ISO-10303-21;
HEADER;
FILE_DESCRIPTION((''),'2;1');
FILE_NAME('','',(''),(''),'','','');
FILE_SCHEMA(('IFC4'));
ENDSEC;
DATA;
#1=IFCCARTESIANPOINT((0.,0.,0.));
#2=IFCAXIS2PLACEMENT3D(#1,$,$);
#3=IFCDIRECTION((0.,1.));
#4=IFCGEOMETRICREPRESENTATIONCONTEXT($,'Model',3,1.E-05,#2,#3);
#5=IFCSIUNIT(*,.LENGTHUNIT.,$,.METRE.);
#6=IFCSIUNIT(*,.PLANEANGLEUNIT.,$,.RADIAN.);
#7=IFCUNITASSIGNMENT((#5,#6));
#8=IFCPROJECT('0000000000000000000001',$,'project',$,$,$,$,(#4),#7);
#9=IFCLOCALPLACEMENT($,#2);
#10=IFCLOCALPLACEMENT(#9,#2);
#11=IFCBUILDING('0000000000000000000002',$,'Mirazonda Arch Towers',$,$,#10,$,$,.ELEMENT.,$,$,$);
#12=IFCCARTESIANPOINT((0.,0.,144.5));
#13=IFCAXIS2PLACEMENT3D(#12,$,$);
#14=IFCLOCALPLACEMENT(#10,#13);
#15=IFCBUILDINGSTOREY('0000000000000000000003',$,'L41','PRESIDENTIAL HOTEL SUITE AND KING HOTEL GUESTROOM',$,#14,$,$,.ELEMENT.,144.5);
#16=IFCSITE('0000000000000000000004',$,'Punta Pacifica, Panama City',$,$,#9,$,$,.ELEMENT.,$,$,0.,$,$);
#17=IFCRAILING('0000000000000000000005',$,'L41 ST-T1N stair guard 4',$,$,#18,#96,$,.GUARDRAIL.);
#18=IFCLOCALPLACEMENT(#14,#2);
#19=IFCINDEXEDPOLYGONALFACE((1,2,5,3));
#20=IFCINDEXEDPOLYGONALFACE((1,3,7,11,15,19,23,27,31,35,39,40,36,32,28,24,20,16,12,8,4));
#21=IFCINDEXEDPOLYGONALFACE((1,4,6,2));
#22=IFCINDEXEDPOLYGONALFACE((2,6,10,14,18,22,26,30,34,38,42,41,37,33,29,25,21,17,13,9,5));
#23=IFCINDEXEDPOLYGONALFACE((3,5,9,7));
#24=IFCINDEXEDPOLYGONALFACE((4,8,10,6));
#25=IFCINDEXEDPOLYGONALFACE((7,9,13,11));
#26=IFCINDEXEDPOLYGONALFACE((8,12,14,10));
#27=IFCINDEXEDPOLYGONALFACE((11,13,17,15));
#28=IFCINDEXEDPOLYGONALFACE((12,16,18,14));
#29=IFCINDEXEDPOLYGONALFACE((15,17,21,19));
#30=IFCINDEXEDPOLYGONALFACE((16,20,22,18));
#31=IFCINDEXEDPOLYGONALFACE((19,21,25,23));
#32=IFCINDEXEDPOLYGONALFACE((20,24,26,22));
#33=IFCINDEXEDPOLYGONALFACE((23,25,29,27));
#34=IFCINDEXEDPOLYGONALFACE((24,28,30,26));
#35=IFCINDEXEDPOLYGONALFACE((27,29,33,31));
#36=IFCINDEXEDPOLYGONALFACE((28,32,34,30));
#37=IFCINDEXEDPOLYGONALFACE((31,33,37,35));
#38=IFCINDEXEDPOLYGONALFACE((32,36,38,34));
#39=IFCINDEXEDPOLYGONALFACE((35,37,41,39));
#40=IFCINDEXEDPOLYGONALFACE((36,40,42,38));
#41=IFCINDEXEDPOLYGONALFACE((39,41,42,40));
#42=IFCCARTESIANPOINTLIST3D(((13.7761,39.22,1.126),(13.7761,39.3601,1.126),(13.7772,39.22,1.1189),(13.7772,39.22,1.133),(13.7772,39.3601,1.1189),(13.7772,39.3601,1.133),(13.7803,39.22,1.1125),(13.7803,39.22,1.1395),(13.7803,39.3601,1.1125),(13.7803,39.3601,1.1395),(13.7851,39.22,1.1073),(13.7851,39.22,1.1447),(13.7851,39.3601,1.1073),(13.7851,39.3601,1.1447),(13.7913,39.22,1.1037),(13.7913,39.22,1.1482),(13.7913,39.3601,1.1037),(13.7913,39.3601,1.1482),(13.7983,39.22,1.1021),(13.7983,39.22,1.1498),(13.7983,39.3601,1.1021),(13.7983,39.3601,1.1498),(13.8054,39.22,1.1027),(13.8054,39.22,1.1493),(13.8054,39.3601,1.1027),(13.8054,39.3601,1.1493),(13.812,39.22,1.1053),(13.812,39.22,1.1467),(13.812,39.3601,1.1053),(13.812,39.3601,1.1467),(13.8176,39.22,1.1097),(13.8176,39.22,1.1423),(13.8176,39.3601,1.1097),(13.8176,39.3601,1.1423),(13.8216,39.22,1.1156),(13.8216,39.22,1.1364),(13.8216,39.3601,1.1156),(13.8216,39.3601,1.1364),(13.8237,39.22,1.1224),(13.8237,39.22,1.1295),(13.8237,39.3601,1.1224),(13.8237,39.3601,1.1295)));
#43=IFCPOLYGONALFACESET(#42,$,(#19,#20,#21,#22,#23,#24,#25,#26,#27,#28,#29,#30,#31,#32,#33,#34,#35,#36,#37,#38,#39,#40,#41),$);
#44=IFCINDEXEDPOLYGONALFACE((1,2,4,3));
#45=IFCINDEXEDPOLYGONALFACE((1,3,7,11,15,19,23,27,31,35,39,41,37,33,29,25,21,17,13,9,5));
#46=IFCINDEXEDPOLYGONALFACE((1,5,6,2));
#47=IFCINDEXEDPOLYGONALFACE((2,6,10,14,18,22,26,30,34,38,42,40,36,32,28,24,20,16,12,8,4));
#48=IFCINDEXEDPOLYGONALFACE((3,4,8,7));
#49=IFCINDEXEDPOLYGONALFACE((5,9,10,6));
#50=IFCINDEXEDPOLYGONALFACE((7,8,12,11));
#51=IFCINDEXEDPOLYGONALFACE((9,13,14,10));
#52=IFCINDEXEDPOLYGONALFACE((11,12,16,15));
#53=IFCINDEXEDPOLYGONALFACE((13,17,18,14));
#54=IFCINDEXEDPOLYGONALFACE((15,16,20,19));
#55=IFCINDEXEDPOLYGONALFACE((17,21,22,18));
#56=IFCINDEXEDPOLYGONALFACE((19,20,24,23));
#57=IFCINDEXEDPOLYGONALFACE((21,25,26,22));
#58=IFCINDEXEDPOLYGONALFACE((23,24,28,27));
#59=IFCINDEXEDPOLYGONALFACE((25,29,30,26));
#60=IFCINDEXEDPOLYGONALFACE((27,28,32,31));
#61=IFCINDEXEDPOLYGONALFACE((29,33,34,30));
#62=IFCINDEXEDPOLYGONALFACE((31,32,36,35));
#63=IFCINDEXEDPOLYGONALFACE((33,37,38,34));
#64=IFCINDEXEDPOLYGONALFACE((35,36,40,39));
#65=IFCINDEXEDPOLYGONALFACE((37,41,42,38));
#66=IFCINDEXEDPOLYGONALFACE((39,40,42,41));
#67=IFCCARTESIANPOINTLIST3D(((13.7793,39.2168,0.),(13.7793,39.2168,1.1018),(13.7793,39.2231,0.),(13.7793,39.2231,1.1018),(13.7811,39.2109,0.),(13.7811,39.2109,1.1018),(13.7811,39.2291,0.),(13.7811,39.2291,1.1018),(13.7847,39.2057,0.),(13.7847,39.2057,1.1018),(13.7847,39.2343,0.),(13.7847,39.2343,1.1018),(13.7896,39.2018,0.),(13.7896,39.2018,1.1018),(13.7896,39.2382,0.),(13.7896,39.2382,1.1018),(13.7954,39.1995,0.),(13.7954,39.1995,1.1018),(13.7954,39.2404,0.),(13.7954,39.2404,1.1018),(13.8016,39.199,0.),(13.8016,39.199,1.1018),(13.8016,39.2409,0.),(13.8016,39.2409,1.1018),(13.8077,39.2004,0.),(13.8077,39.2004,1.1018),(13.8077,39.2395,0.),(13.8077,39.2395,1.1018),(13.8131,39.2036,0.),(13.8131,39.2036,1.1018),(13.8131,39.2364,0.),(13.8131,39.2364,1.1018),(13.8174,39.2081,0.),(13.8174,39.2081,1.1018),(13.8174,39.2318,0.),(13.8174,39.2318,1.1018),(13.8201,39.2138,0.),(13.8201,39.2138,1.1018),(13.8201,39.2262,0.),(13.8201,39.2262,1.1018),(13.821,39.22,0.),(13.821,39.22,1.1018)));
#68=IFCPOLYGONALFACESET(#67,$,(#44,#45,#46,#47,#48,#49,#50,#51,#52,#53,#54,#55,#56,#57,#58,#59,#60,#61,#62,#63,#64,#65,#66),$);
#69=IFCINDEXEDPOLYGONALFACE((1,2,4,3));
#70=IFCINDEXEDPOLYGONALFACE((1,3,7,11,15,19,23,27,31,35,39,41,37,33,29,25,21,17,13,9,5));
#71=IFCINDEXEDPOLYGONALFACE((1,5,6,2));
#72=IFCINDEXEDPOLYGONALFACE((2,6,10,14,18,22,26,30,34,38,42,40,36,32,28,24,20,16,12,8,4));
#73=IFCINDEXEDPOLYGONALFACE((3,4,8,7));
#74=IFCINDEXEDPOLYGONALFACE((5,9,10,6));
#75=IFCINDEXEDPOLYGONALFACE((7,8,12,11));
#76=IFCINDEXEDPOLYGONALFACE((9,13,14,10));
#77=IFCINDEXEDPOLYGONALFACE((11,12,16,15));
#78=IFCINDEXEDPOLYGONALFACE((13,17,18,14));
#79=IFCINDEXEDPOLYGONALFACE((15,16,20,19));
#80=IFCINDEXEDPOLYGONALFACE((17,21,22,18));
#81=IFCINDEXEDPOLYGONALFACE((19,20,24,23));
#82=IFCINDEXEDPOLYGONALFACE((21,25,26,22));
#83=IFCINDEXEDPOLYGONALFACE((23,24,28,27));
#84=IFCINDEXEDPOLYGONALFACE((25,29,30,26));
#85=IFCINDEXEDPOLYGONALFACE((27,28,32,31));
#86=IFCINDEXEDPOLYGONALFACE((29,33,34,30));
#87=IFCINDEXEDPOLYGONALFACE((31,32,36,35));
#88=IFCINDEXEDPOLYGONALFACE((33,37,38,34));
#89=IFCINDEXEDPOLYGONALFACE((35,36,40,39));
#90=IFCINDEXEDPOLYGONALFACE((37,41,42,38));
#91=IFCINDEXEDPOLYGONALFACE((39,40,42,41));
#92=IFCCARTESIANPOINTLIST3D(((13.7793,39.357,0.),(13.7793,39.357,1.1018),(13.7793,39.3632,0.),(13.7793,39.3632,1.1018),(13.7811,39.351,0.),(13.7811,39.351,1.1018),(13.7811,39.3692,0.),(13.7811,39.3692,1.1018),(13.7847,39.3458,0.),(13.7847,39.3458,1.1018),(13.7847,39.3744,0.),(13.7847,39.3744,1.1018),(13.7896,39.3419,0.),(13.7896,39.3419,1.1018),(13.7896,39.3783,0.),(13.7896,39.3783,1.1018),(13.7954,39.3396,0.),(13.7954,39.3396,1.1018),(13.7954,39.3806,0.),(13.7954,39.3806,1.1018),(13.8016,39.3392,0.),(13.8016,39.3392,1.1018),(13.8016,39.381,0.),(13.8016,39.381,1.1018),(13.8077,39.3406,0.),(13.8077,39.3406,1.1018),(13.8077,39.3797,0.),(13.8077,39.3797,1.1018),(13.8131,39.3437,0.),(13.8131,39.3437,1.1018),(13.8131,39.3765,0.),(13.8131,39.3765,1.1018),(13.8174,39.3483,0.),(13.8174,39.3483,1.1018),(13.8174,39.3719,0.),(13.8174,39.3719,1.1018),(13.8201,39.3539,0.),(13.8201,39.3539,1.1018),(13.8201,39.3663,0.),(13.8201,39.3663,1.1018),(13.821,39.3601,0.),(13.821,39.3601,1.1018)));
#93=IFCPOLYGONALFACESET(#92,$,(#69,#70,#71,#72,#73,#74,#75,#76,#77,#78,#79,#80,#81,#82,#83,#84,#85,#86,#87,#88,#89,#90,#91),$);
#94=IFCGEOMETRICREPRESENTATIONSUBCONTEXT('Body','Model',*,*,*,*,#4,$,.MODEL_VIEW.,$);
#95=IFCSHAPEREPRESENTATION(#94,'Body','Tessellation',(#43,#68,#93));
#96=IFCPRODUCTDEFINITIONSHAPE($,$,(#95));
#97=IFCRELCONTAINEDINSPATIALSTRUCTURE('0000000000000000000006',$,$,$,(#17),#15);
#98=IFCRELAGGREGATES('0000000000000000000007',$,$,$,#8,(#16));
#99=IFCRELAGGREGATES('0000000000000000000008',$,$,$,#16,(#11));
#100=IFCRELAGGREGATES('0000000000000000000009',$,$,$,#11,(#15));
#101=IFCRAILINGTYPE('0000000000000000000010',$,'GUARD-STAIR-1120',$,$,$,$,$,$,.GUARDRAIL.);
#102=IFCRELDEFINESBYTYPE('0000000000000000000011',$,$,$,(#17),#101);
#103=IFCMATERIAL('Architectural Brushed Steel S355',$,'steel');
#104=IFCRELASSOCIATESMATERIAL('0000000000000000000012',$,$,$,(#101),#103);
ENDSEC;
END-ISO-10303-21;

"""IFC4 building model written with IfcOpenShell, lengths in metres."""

from ifc_helpers import new_model, si_unit, direction, frame, origin, origin_2d, place, context, subcontext, project, spatial, circle, extrude, material, type_object, element, save


model = new_model("IFC4")

# Units and contexts
model_context = context("Model", 3, precision=1e-05, world=origin(), true_north=direction((0.0, 1.0)))
body_context = subcontext(model_context, "Body", "Model", "MODEL_VIEW")
ifc_project = project(units=[si_unit("LENGTHUNIT", "METRE"), si_unit("PLANEANGLEUNIT", "RADIAN")], contexts=[model_context])

# Site, building, storey
site_placement = place(None, origin())
site = spatial("IfcSite", under=ifc_project, at=site_placement, Name="Punta Pacifica, Panama City", CompositionType="ELEMENT", RefElevation=0.0)
building_placement = place(site_placement, origin())
building = spatial("IfcBuilding", under=site, at=building_placement, Name="Mirazonda Arch Towers", CompositionType="ELEMENT")
storey_placement = place(building_placement, frame((0.0, 0.0, 144.5)))
storey = spatial("IfcBuildingStorey", under=building, at=storey_placement, Name="L41", Description="PRESIDENTIAL HOTEL SUITE AND KING HOTEL GUESTROOM", CompositionType="ELEMENT", Elevation=144.5)

# Shared definitions
ifc_material_1 = material(Name="Architectural Brushed Steel S355", Category="steel")

# Railing
railing_type_1 = type_object("IfcRailingType", Name="GUARD-STAIR-1120", PredefinedType="GUARDRAIL", material=ifc_material_1)
railing_1_placement = place(storey_placement, frame((13.8, 39.22, 0.0)))
element("IfcRailing", 1, at=railing_1_placement, inside=storey, type_object=railing_type_1, Name="L41 ST-T1N stair guard 4", PredefinedType="GUARDRAIL", context=body_context, shape_type="SweptSolid", body=[
    extrude(circle(Radius=0.0239, at=origin_2d()), frame((0.0, 0.0, 1.126), z_axis=(0.0, 1.0, 0.0), x_axis=(-1.0, 0.0, 0.0)), (0.0, 0.0, 1.0), 0.1401),
    extrude(circle(Radius=0.021, at=origin_2d()), origin(), (0.0, 0.0, 1.0), 1.1018),
    extrude(circle(Radius=0.021, at=origin_2d()), frame((0.0, 0.1401, 0.0)), (0.0, 0.0, 1.0), 1.1018),
])

save(model, "model.ifc")
